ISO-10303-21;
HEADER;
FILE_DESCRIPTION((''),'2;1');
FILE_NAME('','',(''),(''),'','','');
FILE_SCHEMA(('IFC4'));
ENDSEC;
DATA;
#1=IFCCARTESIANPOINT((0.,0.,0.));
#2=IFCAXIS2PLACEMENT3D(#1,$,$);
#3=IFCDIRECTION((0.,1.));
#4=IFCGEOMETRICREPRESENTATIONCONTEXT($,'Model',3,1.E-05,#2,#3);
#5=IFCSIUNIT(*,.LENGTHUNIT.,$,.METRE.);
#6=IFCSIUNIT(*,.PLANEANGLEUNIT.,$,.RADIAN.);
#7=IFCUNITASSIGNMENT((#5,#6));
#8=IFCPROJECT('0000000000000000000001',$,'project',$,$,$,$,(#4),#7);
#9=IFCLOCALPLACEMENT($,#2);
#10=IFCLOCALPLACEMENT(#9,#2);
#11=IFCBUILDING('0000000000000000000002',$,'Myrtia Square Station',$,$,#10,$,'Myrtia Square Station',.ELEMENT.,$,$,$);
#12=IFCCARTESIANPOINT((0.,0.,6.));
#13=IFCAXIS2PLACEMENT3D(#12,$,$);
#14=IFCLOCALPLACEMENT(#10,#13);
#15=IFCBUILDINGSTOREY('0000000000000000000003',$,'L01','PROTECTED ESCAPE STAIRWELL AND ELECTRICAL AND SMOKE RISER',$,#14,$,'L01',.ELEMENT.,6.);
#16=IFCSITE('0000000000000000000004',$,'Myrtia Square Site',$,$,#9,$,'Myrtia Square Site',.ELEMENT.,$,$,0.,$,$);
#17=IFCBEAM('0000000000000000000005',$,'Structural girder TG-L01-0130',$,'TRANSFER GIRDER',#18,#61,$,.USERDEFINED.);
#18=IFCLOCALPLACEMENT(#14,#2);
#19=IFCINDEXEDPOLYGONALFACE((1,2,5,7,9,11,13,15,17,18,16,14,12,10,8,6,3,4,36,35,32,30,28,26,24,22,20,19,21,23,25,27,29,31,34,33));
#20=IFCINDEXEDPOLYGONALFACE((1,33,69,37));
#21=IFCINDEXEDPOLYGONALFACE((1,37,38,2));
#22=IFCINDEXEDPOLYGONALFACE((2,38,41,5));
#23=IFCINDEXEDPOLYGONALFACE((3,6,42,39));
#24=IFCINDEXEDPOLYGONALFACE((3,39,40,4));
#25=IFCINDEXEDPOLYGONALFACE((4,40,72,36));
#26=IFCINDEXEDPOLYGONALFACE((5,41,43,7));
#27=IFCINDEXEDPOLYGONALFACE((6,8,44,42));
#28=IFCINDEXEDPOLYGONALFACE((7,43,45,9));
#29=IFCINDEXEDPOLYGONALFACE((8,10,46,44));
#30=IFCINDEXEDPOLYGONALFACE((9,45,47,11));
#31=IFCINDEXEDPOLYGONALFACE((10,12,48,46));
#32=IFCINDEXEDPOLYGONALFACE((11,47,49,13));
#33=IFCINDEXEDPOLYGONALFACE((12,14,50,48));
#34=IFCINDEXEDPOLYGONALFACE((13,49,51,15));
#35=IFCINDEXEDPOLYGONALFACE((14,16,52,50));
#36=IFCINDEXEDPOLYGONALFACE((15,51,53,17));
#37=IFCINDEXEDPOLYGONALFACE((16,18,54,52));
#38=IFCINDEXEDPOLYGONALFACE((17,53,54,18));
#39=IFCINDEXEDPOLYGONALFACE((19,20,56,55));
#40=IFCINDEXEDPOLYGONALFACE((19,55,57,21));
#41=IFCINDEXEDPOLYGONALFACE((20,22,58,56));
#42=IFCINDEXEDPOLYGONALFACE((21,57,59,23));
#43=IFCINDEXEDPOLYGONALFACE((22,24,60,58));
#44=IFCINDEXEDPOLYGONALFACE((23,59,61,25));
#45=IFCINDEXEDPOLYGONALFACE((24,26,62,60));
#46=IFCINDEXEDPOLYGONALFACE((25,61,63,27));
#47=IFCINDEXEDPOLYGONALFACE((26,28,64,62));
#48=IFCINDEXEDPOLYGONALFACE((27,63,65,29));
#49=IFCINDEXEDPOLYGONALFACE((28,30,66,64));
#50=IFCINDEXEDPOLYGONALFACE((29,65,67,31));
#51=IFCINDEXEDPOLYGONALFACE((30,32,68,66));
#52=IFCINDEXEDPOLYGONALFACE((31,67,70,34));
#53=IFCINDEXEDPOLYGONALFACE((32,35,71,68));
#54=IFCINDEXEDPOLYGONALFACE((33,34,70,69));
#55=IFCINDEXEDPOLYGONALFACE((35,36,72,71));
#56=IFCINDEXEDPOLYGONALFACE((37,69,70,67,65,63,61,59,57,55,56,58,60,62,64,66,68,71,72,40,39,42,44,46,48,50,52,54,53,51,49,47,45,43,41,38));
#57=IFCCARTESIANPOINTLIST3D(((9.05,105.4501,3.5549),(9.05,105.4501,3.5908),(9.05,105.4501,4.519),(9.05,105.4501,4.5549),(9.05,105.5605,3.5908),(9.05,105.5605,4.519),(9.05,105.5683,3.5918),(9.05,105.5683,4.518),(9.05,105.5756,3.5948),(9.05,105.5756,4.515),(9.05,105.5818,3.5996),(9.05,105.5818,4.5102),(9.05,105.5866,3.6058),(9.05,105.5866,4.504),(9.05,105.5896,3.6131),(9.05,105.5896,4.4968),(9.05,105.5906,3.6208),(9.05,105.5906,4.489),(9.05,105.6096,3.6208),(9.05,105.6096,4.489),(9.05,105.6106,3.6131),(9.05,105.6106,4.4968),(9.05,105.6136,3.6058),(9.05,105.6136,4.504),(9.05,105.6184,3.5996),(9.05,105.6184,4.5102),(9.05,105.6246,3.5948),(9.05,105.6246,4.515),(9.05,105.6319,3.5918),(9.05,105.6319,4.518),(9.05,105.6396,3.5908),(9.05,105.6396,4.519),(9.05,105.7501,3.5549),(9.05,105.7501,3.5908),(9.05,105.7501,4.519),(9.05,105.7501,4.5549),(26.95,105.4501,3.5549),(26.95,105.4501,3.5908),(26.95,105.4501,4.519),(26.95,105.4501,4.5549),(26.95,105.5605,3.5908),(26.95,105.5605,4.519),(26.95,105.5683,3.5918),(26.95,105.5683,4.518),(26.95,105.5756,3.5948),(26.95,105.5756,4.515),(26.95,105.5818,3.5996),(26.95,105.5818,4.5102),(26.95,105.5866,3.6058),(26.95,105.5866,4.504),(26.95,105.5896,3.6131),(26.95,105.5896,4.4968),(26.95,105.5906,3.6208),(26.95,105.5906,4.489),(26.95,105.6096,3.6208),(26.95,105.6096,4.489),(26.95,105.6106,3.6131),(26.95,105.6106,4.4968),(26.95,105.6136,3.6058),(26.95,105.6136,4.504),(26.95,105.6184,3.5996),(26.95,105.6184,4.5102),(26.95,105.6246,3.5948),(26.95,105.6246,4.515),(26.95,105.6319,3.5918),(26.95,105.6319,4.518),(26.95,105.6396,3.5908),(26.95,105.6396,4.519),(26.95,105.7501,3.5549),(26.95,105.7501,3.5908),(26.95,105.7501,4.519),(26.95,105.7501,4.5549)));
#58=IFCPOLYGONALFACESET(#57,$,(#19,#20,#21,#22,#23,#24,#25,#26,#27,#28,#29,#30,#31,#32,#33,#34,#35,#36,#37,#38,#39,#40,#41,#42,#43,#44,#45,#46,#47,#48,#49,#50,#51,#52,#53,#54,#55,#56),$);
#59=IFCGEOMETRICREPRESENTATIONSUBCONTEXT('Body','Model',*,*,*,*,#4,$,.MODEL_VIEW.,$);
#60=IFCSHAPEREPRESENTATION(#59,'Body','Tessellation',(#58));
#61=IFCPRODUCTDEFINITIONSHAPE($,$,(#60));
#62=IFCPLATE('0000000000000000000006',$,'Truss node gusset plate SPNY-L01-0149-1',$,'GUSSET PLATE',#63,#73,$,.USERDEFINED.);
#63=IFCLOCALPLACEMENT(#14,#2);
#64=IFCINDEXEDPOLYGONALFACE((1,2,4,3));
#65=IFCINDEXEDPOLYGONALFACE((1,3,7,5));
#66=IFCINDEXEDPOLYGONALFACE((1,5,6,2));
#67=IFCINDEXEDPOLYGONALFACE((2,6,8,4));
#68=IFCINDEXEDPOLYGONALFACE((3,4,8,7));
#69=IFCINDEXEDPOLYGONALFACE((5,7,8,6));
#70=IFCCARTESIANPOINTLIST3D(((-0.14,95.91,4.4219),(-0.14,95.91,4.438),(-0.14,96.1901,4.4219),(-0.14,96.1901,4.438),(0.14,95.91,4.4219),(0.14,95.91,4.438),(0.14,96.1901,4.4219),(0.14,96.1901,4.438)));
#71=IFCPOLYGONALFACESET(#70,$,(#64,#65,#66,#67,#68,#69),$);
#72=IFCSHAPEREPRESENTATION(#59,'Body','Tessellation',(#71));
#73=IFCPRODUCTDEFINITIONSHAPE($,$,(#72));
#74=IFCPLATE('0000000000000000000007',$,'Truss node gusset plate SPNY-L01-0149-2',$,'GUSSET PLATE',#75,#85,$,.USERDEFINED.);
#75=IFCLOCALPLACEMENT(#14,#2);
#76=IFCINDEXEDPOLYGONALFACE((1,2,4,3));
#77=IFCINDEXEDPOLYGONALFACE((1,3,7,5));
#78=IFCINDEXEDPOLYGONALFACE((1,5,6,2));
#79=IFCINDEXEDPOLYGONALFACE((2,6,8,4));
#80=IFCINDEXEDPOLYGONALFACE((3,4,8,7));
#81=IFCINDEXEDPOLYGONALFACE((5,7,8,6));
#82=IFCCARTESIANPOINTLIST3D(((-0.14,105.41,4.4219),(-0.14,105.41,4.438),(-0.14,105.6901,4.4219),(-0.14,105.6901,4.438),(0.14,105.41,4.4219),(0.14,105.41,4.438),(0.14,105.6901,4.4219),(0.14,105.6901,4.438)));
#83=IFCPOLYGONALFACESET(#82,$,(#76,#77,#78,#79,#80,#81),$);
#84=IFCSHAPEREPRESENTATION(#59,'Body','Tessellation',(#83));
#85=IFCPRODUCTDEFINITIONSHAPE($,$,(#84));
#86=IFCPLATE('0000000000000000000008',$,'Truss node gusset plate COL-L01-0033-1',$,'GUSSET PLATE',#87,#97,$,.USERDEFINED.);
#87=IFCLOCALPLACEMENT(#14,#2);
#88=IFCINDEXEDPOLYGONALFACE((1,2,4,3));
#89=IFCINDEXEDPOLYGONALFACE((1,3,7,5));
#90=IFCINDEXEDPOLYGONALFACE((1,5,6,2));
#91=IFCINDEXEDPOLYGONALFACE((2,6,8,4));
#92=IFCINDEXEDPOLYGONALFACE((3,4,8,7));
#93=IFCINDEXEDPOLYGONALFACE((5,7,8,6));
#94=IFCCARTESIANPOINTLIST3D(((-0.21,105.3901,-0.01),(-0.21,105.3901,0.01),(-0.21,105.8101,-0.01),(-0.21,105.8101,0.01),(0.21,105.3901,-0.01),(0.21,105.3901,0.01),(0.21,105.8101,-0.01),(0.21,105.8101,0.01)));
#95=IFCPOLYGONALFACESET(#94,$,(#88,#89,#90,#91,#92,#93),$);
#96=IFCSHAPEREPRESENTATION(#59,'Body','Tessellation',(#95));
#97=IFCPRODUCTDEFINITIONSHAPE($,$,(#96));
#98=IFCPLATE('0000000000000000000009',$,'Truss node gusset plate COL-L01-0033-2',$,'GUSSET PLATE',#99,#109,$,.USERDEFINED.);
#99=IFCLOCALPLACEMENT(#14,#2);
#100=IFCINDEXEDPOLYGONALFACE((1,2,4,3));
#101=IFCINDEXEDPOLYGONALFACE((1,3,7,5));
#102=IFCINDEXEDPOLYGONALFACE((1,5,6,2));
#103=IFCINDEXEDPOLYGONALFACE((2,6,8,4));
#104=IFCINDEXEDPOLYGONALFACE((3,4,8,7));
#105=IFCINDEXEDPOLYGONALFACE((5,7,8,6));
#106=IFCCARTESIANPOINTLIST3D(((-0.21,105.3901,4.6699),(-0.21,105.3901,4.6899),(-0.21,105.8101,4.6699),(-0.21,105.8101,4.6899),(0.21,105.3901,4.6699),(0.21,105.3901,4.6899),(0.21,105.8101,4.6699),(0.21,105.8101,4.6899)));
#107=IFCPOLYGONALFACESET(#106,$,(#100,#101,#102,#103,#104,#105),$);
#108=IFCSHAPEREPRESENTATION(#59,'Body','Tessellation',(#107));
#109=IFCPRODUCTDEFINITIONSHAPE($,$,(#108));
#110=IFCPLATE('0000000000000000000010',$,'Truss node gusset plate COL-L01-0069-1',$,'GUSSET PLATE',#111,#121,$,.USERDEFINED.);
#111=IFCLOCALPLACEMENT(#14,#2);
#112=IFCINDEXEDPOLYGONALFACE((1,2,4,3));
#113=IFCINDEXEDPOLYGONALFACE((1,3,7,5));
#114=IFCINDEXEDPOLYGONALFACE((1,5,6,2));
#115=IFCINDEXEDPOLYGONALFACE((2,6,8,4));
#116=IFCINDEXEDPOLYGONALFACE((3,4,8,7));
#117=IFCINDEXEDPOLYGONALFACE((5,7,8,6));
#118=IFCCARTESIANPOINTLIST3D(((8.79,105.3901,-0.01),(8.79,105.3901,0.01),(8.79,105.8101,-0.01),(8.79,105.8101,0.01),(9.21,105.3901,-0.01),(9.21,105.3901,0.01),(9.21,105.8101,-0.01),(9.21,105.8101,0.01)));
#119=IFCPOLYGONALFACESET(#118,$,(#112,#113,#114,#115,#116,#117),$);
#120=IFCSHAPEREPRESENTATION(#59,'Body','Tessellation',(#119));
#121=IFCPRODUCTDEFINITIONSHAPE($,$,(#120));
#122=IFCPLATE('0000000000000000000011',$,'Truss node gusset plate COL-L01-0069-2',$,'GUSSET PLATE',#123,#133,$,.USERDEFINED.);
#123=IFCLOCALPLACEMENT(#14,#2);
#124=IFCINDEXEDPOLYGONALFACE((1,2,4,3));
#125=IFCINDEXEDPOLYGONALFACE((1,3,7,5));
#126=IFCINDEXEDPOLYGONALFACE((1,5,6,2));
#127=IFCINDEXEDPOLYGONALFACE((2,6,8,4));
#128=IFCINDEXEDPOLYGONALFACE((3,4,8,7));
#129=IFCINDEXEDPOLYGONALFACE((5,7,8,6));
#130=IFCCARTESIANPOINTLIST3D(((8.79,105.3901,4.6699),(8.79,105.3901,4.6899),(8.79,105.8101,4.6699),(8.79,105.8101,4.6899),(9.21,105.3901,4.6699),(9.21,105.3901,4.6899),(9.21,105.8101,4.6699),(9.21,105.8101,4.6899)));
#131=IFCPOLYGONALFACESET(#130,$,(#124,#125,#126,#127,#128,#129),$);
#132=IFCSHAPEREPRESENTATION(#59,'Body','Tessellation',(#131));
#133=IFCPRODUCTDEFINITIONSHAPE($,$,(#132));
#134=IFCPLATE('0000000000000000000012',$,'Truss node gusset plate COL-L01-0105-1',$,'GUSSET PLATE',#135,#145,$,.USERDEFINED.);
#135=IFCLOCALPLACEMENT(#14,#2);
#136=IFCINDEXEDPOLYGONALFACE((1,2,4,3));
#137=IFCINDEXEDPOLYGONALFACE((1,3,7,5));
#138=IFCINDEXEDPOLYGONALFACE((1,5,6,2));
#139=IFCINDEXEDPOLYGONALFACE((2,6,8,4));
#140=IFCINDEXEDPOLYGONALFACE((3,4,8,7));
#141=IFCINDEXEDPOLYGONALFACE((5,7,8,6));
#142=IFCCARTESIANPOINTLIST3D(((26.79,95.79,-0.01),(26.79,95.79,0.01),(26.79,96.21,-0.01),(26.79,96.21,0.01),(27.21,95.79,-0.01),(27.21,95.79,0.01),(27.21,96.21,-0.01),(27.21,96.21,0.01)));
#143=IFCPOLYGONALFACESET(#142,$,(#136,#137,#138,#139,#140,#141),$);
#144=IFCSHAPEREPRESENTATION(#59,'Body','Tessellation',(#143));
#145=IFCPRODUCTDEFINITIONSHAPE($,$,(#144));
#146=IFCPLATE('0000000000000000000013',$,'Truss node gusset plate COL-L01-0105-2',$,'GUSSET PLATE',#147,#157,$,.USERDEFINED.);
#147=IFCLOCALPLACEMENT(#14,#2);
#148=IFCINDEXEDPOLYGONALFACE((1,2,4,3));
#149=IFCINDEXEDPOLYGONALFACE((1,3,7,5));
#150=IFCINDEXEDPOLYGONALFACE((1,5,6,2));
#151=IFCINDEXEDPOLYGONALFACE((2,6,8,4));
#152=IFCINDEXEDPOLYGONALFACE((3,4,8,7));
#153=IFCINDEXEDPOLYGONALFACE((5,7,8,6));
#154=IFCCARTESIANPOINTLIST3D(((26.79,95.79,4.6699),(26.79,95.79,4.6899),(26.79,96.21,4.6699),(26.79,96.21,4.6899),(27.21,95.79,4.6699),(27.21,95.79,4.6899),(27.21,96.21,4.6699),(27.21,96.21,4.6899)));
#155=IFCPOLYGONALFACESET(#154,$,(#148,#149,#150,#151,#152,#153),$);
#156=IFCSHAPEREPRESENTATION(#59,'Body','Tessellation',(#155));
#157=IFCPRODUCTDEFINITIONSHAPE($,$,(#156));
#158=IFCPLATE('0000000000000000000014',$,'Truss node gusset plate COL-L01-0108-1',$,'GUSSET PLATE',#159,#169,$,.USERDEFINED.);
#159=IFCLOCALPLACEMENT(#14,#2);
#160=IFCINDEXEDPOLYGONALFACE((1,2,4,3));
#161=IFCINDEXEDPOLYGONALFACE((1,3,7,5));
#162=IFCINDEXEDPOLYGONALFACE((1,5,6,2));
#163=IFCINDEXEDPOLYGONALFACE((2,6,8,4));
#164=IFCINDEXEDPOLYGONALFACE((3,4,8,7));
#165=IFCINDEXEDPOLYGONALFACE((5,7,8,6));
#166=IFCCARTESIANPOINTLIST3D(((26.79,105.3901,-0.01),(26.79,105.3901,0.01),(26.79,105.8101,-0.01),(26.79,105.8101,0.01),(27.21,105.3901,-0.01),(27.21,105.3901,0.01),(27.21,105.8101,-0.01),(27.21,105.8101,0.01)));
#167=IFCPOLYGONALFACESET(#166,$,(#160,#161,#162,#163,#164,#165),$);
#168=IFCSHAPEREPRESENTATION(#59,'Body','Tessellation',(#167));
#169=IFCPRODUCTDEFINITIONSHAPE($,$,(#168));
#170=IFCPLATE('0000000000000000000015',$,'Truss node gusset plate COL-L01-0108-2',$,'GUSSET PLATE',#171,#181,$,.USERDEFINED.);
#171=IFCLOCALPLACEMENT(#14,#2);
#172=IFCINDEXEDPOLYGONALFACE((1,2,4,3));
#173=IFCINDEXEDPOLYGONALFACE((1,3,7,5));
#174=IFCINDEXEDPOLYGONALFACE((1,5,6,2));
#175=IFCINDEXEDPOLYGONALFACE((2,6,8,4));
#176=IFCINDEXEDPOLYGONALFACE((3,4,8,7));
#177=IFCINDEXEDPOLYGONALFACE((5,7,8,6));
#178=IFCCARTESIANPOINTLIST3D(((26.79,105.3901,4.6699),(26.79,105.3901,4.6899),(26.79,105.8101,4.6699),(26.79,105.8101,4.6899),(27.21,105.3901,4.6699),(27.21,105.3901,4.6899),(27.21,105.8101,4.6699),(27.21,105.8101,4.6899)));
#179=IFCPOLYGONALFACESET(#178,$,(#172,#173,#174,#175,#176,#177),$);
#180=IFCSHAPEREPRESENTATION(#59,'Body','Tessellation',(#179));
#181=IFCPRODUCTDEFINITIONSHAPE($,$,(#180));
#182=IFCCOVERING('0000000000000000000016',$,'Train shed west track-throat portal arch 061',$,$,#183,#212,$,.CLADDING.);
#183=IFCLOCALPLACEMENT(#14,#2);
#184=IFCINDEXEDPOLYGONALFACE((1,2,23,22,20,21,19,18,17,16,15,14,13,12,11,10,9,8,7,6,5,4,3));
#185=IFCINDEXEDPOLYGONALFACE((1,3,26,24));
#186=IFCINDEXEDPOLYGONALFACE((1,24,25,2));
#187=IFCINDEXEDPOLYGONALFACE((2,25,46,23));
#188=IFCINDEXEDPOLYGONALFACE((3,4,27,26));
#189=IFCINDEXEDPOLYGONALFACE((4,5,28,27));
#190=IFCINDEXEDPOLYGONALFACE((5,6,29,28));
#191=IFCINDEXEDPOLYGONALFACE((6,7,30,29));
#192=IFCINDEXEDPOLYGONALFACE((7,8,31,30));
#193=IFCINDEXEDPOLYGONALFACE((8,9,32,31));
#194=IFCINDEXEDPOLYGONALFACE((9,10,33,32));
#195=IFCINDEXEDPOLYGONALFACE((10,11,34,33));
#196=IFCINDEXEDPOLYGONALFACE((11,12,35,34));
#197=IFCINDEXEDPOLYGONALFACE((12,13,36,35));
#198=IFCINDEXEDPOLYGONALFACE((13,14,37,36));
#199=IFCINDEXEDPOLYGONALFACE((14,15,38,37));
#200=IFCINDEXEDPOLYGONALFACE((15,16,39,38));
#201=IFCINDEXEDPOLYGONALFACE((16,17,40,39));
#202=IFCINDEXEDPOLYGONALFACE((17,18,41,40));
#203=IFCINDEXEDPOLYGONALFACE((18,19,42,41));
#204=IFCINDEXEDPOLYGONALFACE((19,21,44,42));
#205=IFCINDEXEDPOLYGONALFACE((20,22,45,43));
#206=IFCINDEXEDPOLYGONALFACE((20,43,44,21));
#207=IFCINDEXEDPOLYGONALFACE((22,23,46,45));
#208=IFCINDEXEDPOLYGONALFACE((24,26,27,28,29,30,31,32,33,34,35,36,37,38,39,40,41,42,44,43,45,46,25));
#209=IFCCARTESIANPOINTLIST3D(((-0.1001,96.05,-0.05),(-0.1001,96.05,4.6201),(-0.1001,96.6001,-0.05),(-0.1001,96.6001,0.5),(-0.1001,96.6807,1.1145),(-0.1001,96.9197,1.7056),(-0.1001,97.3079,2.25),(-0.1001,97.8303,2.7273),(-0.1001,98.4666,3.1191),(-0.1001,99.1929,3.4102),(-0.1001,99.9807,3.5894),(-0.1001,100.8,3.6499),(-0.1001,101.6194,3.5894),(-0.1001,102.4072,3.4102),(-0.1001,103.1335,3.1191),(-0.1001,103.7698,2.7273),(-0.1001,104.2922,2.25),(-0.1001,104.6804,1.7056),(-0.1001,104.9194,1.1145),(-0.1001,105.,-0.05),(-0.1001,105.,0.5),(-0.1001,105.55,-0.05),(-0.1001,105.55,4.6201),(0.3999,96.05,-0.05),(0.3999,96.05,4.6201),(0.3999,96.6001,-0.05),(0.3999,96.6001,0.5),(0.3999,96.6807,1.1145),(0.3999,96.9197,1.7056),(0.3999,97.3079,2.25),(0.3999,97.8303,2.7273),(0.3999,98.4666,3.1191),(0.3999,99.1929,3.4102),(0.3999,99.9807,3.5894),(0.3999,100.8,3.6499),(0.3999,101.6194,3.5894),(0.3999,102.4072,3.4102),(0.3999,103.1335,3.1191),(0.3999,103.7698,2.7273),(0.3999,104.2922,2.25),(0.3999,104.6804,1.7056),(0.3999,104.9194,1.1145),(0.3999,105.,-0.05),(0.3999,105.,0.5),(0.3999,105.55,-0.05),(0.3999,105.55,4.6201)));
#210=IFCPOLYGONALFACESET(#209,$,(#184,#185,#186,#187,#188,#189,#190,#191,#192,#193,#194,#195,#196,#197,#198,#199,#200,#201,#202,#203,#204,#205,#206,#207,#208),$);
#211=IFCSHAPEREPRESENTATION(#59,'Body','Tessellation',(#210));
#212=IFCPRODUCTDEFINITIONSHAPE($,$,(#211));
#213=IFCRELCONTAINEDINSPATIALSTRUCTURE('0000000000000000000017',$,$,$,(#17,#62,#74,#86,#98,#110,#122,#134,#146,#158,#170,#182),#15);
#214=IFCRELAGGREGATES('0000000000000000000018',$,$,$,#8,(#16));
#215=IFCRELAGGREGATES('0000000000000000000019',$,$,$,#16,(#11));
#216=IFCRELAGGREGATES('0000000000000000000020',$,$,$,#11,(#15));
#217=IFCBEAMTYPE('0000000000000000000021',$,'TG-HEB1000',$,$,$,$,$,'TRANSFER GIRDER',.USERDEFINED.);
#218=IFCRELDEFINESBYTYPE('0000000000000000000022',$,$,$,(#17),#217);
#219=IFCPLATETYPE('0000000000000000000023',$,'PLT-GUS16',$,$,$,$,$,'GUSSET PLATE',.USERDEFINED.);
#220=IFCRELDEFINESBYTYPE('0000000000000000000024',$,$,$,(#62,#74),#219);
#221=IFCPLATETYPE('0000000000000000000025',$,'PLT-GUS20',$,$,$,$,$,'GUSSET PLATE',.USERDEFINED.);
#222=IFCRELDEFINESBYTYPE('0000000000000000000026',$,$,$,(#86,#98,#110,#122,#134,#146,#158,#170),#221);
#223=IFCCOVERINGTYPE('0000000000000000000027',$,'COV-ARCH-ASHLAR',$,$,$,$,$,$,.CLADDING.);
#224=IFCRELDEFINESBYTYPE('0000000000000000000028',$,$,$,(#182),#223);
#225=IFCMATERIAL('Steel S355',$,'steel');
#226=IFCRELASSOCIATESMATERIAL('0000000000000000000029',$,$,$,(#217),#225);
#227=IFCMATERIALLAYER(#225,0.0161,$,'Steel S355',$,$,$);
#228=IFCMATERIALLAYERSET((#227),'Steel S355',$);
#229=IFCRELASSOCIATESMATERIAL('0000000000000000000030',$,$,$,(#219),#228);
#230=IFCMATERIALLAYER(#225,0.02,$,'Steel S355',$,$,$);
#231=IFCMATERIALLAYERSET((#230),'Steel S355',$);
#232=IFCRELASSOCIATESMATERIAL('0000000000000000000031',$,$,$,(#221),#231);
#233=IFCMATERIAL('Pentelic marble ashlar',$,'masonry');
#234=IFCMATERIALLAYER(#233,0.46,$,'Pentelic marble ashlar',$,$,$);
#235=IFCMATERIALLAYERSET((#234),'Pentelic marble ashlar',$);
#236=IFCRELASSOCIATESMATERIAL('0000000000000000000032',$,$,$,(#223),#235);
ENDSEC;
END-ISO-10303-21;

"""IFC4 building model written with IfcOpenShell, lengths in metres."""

from ifc_helpers import new_model, si_unit, direction, frame, origin, origin_2d, place, context, subcontext, project, spatial, polyline, rectangle, i_section, outline, extrude, material, layer, layer_set, material_profile, profile_set, type_object, element, save


model = new_model("IFC4")

# Units and contexts
model_context = context("Model", 3, precision=1e-05, world=origin(), true_north=direction((0.0, 1.0)))
body_context = subcontext(model_context, "Body", "Model", "MODEL_VIEW")
ifc_project = project(units=[si_unit("LENGTHUNIT", "METRE"), si_unit("PLANEANGLEUNIT", "RADIAN")], contexts=[model_context])

# Site, building, storey
site_placement = place(None, origin())
site = spatial("IfcSite", under=ifc_project, at=site_placement, Name="Myrtia Square Site", LongName="Myrtia Square Site", CompositionType="ELEMENT", RefElevation=0.0)
building_placement = place(site_placement, origin())
building = spatial("IfcBuilding", under=site, at=building_placement, Name="Myrtia Square Station", LongName="Myrtia Square Station", CompositionType="ELEMENT")
storey_placement = place(building_placement, frame((0.0, 0.0, 6.0)))
storey = spatial("IfcBuildingStorey", under=building, at=storey_placement, Name="L01", Description="PROTECTED ESCAPE STAIRWELL AND ELECTRICAL AND SMOKE RISER", LongName="L01", CompositionType="ELEMENT", Elevation=6.0)

# Shared definitions
ifc_material_1 = material(Name="Steel S355", Category="steel")

# Beam
ifc_material_profile_1 = material_profile(ifc_material_1, i_section(OverallWidth=0.3, OverallDepth=1.0, WebThickness=0.019, FlangeThickness=0.0359, FilletRadius=0.03, at=origin_2d()), Name="HEB 1000")
ifc_profile_set_1 = profile_set([ifc_material_profile_1], Name="Steel S355")
beam_type_1 = type_object("IfcBeamType", Name="TG-HEB1000", ElementType="TRANSFER GIRDER", PredefinedType="USERDEFINED", material=ifc_profile_set_1)
beam_1_placement = place(storey_placement, frame((9.05, 105.6001, 4.0549), z_axis=(1.0, 0.0, 0.0), x_axis=(0.0, 1.0, 0.0)))
element("IfcBeam", 1, at=beam_1_placement, inside=storey, type_object=beam_type_1, Name="Structural girder TG-L01-0130", ObjectType="TRANSFER GIRDER", PredefinedType="USERDEFINED", context=body_context, shape_type="SweptSolid", body=[
    extrude(i_section(OverallWidth=0.3, OverallDepth=1.0, WebThickness=0.019, FlangeThickness=0.0359, FilletRadius=0.03, at=origin_2d()), origin(), (0.0, 0.0, 1.0), 17.8999),
])

# Plates
ifc_layer_1 = layer(ifc_material_1, 0.0161, Name="Steel S355")
ifc_layer_set_1 = layer_set([ifc_layer_1], Name="Steel S355")
plate_type_1 = type_object("IfcPlateType", Name="PLT-GUS16", ElementType="GUSSET PLATE", PredefinedType="USERDEFINED", material=ifc_layer_set_1)
for number, where, z_axis, x_axis, name in (
    (2, (0.0, 96.05, 4.4219), (0.0, 0.0, 1.0), (0.0, 1.0, 0.0), "Truss node gusset plate SPNY-L01-0149-1"),
    (3, (0.0, 105.55, 4.4219), (0.0, 0.0, 1.0), (0.0, 1.0, 0.0), "Truss node gusset plate SPNY-L01-0149-2"),
):
    element("IfcPlate", number, at=place(storey_placement, frame(where, z_axis=z_axis, x_axis=x_axis)), inside=storey, type_object=plate_type_1, Name=name, ObjectType="GUSSET PLATE", PredefinedType="USERDEFINED", context=body_context, shape_type="SweptSolid", body=[
        extrude(rectangle(XDim=0.28, YDim=0.28, at=origin_2d()), origin(), (0.0, 0.0, 1.0), 0.0161),
    ])
ifc_layer_2 = layer(ifc_material_1, 0.02, Name="Steel S355")
ifc_layer_set_2 = layer_set([ifc_layer_2], Name="Steel S355")
plate_type_2 = type_object("IfcPlateType", Name="PLT-GUS20", ElementType="GUSSET PLATE", PredefinedType="USERDEFINED", material=ifc_layer_set_2)
for number, where, z_axis, x_axis, name in (
    (4, (0.0, 105.6001, -0.01), (0.0, 0.0, 1.0), (1.0, 0.0, 0.0), "Truss node gusset plate COL-L01-0033-1"),
    (5, (0.0, 105.6001, 4.6699), (0.0, 0.0, 1.0), (1.0, 0.0, 0.0), "Truss node gusset plate COL-L01-0033-2"),
    (6, (9.0, 105.6001, -0.01), (0.0, 0.0, 1.0), (1.0, 0.0, 0.0), "Truss node gusset plate COL-L01-0069-1"),
    (7, (9.0, 105.6001, 4.6699), (0.0, 0.0, 1.0), (1.0, 0.0, 0.0), "Truss node gusset plate COL-L01-0069-2"),
    (8, (27.0, 96.0, -0.01), (0.0, 0.0, 1.0), (1.0, 0.0, 0.0), "Truss node gusset plate COL-L01-0105-1"),
    (9, (27.0, 96.0, 4.6699), (0.0, 0.0, 1.0), (1.0, 0.0, 0.0), "Truss node gusset plate COL-L01-0105-2"),
    (10, (27.0, 105.6001, -0.01), (0.0, 0.0, 1.0), (1.0, 0.0, 0.0), "Truss node gusset plate COL-L01-0108-1"),
    (11, (27.0, 105.6001, 4.6699), (0.0, 0.0, 1.0), (1.0, 0.0, 0.0), "Truss node gusset plate COL-L01-0108-2"),
):
    element("IfcPlate", number, at=place(storey_placement, frame(where, z_axis=z_axis, x_axis=x_axis)), inside=storey, type_object=plate_type_2, Name=name, ObjectType="GUSSET PLATE", PredefinedType="USERDEFINED", context=body_context, shape_type="SweptSolid", body=[
        extrude(rectangle(XDim=0.4199, YDim=0.4199, at=origin_2d()), origin(), (0.0, 0.0, 1.0), 0.02),
    ])

# Covering
ifc_material_2 = material(Name="Pentelic marble ashlar", Category="masonry")
ifc_layer_3 = layer(ifc_material_2, 0.46, Name="Pentelic marble ashlar")
ifc_layer_set_3 = layer_set([ifc_layer_3], Name="Pentelic marble ashlar")
covering_type = type_object("IfcCoveringType", Name="COV-ARCH-ASHLAR", PredefinedType="CLADDING", material=ifc_layer_set_3)
covering_placement = place(storey_placement, frame((0.1499, 96.05, -0.05), z_axis=(0.0, 0.0, 1.0), x_axis=(0.0, 1.0, 0.0)))
element("IfcCovering", 12, at=covering_placement, inside=storey, type_object=covering_type, Name="Train shed west track-throat portal arch 061", PredefinedType="CLADDING", context=body_context, shape_type="SweptSolid", body=[
    extrude(outline(polyline([(0.0, 0.0), (0.55, 0.0), (0.55, 0.55), (0.6306, 1.1646), (0.8696, 1.7556), (1.2578, 2.3), (1.7803, 2.7773), (2.4165, 3.1692), (3.1428, 3.4602), (3.9307, 3.6394), (4.75, 3.7), (5.5693, 3.6394), (6.3572, 3.4602), (7.0835, 3.1692), (7.7197, 2.7773), (8.2422, 2.3), (8.6304, 1.7556), (8.8694, 1.1646), (8.95, 0.55), (8.95, 0.0), (9.5, 0.0), (9.5, 4.6702), (0.0, 4.6702), (0.0, 0.0)])), frame((0.0, 0.25, 0.0), z_axis=(0.0, -1.0, 0.0), x_axis=(1.0, 0.0, 0.0)), (0.0, 0.0, 1.0), 0.5),
])

save(model, "model.ifc")
